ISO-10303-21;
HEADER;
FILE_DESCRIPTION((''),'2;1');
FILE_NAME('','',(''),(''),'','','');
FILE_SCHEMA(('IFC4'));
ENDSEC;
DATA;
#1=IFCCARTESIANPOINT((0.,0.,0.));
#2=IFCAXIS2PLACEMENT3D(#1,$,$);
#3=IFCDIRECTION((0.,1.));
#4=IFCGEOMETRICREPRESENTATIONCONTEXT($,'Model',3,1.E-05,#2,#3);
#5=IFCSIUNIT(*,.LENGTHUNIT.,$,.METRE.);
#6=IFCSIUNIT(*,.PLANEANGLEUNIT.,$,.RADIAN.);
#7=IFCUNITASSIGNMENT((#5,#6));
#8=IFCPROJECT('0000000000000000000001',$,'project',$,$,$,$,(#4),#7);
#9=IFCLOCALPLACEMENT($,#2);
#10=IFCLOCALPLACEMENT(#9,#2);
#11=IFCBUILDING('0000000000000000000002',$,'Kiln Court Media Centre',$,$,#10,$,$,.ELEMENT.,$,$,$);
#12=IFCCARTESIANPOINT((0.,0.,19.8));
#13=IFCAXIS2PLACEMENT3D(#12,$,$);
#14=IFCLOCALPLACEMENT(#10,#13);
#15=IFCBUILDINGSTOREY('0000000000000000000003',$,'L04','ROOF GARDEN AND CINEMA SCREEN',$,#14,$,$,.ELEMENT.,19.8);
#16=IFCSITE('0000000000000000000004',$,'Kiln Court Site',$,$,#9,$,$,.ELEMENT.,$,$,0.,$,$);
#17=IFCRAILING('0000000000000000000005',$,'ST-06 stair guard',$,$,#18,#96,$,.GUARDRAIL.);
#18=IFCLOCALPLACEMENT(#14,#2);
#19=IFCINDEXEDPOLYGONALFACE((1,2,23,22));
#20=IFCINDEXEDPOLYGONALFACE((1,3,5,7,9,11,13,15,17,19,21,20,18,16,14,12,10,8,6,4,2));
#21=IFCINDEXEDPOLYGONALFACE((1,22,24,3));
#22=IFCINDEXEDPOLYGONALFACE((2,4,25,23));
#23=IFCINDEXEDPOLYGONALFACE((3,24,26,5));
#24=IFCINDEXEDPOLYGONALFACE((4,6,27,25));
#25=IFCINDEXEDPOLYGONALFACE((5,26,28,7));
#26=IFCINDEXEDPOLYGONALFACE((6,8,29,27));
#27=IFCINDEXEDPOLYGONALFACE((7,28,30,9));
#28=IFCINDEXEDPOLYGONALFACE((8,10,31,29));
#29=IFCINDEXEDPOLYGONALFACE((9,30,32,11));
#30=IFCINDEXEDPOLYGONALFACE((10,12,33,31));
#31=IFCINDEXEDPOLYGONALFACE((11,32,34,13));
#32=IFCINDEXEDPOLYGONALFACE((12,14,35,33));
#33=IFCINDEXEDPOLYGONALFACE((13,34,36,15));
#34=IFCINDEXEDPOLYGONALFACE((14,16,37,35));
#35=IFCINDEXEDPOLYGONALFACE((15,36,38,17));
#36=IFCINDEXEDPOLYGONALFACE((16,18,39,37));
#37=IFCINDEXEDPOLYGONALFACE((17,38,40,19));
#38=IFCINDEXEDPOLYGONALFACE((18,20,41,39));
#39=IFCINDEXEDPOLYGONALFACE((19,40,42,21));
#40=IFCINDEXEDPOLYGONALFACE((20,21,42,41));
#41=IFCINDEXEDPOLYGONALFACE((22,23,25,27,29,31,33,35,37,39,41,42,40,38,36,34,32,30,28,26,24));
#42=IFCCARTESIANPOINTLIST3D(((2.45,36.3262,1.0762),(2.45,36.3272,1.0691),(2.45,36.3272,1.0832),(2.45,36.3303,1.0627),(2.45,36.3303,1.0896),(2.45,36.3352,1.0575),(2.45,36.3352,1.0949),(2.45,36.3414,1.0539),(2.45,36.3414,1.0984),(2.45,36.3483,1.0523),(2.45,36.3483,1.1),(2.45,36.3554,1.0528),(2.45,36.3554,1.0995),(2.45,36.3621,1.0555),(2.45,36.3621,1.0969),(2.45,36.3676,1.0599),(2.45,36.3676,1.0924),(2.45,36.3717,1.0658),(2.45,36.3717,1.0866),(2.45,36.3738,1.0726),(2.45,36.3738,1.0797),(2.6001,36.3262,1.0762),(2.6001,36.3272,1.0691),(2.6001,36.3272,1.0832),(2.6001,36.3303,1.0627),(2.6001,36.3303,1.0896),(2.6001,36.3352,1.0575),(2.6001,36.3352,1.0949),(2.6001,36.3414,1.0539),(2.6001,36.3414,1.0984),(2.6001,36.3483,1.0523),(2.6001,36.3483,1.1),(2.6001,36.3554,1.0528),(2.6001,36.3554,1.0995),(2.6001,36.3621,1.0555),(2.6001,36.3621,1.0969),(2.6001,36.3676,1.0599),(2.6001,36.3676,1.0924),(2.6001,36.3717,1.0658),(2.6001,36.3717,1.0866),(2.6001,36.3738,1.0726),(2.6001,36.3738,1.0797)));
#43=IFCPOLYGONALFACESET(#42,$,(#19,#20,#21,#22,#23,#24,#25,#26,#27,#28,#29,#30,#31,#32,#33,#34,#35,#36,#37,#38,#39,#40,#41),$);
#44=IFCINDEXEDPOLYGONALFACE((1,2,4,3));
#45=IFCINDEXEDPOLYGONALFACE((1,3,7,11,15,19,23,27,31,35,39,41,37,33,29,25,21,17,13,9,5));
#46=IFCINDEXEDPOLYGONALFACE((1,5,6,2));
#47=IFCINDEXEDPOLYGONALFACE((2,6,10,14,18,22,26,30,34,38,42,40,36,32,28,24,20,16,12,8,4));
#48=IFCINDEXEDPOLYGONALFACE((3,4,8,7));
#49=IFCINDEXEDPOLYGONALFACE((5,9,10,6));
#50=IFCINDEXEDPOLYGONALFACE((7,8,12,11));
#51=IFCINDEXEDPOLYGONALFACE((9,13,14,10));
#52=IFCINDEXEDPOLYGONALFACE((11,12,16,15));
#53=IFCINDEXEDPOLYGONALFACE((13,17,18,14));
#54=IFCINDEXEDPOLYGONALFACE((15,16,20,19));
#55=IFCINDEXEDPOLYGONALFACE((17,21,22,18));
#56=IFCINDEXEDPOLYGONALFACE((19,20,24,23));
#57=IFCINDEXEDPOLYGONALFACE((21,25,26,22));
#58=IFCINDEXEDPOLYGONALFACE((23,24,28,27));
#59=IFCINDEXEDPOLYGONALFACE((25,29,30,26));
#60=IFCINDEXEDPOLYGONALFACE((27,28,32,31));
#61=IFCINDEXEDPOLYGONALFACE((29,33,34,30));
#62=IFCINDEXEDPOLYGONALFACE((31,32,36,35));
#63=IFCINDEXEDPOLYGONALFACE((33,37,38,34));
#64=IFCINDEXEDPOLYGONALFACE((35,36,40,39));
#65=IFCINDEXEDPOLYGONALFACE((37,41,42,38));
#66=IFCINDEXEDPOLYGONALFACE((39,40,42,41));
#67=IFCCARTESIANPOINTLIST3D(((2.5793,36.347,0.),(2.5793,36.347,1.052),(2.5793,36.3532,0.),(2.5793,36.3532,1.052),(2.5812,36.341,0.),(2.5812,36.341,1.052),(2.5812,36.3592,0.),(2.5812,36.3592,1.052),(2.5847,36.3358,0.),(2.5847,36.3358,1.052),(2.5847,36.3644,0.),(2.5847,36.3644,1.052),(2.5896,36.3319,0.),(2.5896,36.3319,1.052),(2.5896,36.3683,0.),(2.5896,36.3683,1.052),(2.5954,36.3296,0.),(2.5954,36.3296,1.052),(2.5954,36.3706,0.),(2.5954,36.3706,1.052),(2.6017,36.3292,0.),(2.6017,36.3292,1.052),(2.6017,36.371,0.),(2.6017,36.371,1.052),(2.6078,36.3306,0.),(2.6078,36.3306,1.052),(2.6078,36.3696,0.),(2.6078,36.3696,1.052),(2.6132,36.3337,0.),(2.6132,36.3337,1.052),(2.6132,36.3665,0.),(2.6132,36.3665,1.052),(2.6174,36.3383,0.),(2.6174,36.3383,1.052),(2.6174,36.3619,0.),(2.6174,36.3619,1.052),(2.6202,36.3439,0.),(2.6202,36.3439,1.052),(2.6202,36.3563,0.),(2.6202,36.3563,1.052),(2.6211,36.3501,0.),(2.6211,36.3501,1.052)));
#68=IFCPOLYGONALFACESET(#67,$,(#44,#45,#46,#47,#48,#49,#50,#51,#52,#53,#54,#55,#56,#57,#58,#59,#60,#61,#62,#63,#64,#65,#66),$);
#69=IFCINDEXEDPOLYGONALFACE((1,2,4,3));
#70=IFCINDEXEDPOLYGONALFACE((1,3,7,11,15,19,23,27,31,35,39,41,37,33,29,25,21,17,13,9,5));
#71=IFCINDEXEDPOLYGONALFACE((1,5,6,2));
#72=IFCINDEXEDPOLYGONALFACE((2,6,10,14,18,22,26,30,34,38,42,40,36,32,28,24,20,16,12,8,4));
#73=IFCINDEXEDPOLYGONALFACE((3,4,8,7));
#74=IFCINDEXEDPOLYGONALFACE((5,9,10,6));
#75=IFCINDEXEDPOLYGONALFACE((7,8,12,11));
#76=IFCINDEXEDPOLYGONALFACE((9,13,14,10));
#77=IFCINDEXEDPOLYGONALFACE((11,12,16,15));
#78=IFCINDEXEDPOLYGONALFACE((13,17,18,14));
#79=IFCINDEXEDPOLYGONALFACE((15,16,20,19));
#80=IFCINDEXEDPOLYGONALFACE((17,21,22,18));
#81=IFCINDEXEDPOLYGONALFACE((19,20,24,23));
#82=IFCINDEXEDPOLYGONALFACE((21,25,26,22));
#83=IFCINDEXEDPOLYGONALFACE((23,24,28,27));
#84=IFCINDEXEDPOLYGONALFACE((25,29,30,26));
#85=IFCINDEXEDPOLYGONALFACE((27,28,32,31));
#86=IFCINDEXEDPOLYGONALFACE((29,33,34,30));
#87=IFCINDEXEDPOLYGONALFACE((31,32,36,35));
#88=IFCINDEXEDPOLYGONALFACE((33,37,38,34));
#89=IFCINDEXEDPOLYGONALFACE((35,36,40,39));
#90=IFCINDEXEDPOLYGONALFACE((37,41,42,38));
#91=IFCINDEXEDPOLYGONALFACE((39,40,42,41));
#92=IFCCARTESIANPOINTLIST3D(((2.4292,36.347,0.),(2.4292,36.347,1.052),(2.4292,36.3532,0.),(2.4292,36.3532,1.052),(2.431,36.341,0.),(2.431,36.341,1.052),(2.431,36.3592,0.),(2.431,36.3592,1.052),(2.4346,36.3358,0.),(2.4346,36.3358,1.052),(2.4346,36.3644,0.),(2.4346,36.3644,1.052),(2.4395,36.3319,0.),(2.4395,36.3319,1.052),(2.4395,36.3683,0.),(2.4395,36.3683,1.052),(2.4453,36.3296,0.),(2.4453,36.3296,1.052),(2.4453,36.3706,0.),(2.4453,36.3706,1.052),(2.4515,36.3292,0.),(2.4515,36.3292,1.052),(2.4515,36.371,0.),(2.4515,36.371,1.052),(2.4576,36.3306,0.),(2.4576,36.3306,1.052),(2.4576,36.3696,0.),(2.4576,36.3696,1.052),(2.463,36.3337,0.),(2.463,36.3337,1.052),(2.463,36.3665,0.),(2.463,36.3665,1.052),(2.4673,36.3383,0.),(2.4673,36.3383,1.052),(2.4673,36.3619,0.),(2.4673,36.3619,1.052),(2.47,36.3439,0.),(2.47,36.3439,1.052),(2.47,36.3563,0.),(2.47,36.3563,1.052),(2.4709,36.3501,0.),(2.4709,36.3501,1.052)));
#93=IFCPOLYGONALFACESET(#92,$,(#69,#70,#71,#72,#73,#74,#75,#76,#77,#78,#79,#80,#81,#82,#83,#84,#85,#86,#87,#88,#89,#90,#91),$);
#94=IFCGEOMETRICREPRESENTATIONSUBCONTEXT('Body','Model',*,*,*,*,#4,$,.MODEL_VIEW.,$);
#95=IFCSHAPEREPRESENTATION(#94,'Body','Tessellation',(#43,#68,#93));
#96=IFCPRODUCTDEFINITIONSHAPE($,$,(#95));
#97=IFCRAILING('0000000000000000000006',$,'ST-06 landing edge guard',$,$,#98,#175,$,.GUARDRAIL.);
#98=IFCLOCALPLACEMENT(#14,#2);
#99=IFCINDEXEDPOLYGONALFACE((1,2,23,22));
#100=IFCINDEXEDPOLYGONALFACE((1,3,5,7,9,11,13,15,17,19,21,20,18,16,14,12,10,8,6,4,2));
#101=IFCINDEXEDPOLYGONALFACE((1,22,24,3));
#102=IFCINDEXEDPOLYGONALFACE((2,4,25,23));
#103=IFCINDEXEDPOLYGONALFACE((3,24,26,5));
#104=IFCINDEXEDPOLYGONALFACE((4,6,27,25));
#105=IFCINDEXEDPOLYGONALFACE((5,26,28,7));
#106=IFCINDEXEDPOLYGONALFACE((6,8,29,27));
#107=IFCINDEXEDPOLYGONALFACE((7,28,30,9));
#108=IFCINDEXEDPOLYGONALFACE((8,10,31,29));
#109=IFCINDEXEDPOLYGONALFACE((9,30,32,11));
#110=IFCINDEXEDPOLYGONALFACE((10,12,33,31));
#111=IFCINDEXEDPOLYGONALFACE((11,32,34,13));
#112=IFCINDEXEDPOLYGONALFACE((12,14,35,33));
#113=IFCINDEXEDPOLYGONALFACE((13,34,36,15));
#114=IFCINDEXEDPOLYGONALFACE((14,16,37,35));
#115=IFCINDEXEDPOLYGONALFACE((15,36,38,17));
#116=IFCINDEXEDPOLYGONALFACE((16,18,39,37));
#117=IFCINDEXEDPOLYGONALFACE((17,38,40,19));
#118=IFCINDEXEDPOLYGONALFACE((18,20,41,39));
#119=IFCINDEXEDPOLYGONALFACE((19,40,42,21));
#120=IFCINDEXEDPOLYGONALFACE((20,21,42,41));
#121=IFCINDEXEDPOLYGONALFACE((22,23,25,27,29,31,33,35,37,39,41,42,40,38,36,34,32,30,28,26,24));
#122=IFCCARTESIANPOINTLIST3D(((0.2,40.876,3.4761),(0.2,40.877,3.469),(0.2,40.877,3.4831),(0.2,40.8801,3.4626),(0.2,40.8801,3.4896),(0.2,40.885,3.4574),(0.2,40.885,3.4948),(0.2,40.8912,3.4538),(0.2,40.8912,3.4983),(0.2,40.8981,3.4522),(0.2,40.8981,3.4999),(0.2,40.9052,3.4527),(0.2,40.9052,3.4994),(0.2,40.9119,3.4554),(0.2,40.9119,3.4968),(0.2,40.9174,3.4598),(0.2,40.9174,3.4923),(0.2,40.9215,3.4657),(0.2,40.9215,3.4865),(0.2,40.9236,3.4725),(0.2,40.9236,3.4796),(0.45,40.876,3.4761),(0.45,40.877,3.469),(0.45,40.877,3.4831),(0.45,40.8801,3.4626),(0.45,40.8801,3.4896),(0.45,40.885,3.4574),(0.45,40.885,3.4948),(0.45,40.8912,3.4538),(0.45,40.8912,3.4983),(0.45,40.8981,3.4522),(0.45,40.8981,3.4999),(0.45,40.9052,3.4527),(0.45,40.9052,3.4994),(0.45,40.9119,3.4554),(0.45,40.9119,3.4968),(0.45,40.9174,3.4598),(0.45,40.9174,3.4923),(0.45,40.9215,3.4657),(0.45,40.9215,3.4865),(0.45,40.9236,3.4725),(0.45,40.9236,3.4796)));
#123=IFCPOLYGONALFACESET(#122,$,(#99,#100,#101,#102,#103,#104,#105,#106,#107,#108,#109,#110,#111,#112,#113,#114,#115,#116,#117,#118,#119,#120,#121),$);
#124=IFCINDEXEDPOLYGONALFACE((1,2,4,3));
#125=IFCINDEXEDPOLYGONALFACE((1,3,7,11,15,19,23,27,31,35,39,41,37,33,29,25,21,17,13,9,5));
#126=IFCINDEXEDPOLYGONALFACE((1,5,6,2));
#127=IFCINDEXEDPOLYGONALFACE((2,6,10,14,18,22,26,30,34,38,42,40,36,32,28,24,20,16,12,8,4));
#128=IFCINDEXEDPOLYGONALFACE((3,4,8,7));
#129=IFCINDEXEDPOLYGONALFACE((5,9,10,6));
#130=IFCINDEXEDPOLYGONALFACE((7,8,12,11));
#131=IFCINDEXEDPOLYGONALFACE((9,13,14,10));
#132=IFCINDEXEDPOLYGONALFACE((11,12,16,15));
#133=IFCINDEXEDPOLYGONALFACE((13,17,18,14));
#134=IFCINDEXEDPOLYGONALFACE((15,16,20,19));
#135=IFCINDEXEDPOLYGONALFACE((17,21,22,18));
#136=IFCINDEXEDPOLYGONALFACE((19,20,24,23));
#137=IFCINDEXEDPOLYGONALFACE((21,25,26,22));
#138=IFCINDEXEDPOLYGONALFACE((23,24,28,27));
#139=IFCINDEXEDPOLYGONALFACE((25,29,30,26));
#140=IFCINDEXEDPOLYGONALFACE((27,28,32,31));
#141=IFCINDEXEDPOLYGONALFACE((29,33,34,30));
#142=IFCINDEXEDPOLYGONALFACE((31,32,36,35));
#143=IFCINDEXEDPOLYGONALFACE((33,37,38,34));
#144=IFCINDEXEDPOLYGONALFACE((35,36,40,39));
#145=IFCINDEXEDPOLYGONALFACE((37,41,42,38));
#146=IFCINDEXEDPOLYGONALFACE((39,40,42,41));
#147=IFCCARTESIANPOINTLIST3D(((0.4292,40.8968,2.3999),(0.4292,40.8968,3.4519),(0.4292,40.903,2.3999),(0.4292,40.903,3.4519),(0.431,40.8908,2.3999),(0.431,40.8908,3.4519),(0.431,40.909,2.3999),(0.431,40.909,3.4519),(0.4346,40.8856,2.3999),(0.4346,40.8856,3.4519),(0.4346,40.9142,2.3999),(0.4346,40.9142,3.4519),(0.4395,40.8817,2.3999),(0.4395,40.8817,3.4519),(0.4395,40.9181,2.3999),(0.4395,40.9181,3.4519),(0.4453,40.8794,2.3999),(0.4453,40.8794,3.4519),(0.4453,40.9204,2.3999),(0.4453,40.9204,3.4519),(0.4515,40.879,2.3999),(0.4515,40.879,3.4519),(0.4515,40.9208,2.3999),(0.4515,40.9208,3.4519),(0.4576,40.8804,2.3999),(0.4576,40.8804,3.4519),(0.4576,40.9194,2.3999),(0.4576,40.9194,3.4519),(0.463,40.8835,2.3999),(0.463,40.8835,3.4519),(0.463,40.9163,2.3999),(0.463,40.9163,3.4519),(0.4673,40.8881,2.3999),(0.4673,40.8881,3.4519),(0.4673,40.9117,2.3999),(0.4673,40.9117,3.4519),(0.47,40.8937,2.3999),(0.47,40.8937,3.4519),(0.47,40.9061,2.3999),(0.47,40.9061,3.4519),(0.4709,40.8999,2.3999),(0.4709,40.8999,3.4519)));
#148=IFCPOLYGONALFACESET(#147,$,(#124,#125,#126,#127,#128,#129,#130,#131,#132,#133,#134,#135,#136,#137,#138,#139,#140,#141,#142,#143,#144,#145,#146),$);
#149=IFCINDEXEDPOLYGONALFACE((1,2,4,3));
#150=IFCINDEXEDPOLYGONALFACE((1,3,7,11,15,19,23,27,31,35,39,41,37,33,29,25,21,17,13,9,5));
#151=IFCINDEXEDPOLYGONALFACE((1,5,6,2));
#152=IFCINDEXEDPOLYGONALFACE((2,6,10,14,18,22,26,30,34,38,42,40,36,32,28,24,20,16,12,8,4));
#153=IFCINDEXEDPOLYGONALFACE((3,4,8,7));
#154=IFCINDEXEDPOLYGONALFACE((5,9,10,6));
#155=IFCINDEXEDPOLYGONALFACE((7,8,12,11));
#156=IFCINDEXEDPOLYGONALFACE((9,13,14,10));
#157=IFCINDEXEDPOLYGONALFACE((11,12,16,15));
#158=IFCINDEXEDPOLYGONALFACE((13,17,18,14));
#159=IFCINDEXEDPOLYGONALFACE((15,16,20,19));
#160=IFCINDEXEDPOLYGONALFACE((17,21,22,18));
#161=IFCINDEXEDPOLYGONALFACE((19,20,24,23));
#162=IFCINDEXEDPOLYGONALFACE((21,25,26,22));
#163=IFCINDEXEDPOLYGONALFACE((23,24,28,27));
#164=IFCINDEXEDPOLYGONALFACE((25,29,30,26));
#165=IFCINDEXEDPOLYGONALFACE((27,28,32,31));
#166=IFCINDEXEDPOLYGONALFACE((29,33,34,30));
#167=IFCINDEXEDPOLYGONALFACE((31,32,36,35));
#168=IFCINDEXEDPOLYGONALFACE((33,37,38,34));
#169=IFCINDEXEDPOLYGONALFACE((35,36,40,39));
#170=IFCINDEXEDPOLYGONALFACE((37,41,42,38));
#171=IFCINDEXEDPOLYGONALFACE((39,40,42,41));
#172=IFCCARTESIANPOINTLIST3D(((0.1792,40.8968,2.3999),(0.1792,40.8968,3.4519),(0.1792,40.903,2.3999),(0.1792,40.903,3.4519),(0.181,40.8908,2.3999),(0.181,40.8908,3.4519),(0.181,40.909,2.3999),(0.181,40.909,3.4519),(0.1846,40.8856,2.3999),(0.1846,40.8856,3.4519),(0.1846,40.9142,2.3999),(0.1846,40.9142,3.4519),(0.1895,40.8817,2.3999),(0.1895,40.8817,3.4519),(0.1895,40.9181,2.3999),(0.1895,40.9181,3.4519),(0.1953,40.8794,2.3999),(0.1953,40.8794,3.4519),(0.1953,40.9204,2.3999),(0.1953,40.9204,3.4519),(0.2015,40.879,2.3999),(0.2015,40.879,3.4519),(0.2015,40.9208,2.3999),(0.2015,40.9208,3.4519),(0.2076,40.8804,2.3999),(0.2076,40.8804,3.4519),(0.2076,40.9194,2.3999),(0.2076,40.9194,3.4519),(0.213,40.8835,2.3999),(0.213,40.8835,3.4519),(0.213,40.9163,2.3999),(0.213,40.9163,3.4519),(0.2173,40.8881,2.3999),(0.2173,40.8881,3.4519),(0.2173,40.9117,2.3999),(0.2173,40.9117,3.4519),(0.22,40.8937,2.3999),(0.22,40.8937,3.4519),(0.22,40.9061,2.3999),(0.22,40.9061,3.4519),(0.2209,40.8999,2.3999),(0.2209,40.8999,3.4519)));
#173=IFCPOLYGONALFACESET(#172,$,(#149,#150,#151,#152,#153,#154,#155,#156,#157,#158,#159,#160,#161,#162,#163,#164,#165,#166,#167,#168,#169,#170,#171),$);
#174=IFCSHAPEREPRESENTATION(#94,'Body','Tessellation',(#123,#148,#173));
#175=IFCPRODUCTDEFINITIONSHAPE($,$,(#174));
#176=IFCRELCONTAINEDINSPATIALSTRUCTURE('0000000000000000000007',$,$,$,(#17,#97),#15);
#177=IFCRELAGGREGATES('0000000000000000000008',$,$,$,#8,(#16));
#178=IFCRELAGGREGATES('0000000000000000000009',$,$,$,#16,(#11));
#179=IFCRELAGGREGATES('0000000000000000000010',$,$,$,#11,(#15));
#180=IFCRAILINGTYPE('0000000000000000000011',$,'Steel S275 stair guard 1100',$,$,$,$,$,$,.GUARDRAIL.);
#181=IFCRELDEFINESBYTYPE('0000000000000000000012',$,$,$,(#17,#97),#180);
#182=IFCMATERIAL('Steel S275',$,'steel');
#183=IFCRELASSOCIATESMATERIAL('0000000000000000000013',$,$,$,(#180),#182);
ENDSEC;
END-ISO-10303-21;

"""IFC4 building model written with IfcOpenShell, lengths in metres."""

from ifc_helpers import new_model, si_unit, direction, frame, origin, origin_2d, place, context, subcontext, project, spatial, circle, extrude, material, type_object, element, save


model = new_model("IFC4")

# Units and contexts
model_context = context("Model", 3, precision=1e-05, world=origin(), true_north=direction((0.0, 1.0)))
body_context = subcontext(model_context, "Body", "Model", "MODEL_VIEW")
ifc_project = project(units=[si_unit("LENGTHUNIT", "METRE"), si_unit("PLANEANGLEUNIT", "RADIAN")], contexts=[model_context])

# Site, building, storey
site_placement = place(None, origin())
site = spatial("IfcSite", under=ifc_project, at=site_placement, Name="Kiln Court Site", CompositionType="ELEMENT", RefElevation=0.0)
building_placement = place(site_placement, origin())
building = spatial("IfcBuilding", under=site, at=building_placement, Name="Kiln Court Media Centre", CompositionType="ELEMENT")
storey_placement = place(building_placement, frame((0.0, 0.0, 19.8)))
storey = spatial("IfcBuildingStorey", under=building, at=storey_placement, Name="L04", Description="ROOF GARDEN AND CINEMA SCREEN", CompositionType="ELEMENT", Elevation=19.8)

# Railings
ifc_material_1 = material(Name="Steel S275", Category="steel")
railing_type_1 = type_object("IfcRailingType", Name="Steel S275 stair guard 1100", PredefinedType="GUARDRAIL", material=ifc_material_1)
railing_1_placement = place(storey_placement, frame((2.6001, 36.3501, 0.0)))
element("IfcRailing", 1, at=railing_1_placement, inside=storey, type_object=railing_type_1, Name="ST-06 stair guard", PredefinedType="GUARDRAIL", context=body_context, shape_type="SweptSolid", body=[
    extrude(circle(Radius=0.0239, at=origin_2d()), frame((0.0, 0.0, 1.0762), z_axis=(-1.0, 0.0, 0.0), x_axis=(0.0, -1.0, 0.0)), (0.0, 0.0, 1.0), 0.1501),
    extrude(circle(Radius=0.021, at=origin_2d()), origin(), (0.0, 0.0, 1.0), 1.052),
    extrude(circle(Radius=0.021, at=origin_2d()), frame((-0.1501, 0.0, 0.0)), (0.0, 0.0, 1.0), 1.052),
])
for number, where, name in (
    (2, (0.45, 40.8999, 2.3999), "ST-06 landing edge guard"),
):
    element("IfcRailing", number, at=place(storey_placement, frame(where)), inside=storey, type_object=railing_type_1, Name=name, PredefinedType="GUARDRAIL", context=body_context, shape_type="SweptSolid", body=[
        extrude(circle(Radius=0.0239, at=origin_2d()), frame((0.0, 0.0, 1.0762), z_axis=(-1.0, 0.0, 0.0), x_axis=(0.0, -1.0, 0.0)), (0.0, 0.0, 1.0), 0.25),
        extrude(circle(Radius=0.021, at=origin_2d()), origin(), (0.0, 0.0, 1.0), 1.052),
        extrude(circle(Radius=0.021, at=origin_2d()), frame((-0.25, 0.0, 0.0)), (0.0, 0.0, 1.0), 1.052),
    ])

save(model, "model.ifc")
